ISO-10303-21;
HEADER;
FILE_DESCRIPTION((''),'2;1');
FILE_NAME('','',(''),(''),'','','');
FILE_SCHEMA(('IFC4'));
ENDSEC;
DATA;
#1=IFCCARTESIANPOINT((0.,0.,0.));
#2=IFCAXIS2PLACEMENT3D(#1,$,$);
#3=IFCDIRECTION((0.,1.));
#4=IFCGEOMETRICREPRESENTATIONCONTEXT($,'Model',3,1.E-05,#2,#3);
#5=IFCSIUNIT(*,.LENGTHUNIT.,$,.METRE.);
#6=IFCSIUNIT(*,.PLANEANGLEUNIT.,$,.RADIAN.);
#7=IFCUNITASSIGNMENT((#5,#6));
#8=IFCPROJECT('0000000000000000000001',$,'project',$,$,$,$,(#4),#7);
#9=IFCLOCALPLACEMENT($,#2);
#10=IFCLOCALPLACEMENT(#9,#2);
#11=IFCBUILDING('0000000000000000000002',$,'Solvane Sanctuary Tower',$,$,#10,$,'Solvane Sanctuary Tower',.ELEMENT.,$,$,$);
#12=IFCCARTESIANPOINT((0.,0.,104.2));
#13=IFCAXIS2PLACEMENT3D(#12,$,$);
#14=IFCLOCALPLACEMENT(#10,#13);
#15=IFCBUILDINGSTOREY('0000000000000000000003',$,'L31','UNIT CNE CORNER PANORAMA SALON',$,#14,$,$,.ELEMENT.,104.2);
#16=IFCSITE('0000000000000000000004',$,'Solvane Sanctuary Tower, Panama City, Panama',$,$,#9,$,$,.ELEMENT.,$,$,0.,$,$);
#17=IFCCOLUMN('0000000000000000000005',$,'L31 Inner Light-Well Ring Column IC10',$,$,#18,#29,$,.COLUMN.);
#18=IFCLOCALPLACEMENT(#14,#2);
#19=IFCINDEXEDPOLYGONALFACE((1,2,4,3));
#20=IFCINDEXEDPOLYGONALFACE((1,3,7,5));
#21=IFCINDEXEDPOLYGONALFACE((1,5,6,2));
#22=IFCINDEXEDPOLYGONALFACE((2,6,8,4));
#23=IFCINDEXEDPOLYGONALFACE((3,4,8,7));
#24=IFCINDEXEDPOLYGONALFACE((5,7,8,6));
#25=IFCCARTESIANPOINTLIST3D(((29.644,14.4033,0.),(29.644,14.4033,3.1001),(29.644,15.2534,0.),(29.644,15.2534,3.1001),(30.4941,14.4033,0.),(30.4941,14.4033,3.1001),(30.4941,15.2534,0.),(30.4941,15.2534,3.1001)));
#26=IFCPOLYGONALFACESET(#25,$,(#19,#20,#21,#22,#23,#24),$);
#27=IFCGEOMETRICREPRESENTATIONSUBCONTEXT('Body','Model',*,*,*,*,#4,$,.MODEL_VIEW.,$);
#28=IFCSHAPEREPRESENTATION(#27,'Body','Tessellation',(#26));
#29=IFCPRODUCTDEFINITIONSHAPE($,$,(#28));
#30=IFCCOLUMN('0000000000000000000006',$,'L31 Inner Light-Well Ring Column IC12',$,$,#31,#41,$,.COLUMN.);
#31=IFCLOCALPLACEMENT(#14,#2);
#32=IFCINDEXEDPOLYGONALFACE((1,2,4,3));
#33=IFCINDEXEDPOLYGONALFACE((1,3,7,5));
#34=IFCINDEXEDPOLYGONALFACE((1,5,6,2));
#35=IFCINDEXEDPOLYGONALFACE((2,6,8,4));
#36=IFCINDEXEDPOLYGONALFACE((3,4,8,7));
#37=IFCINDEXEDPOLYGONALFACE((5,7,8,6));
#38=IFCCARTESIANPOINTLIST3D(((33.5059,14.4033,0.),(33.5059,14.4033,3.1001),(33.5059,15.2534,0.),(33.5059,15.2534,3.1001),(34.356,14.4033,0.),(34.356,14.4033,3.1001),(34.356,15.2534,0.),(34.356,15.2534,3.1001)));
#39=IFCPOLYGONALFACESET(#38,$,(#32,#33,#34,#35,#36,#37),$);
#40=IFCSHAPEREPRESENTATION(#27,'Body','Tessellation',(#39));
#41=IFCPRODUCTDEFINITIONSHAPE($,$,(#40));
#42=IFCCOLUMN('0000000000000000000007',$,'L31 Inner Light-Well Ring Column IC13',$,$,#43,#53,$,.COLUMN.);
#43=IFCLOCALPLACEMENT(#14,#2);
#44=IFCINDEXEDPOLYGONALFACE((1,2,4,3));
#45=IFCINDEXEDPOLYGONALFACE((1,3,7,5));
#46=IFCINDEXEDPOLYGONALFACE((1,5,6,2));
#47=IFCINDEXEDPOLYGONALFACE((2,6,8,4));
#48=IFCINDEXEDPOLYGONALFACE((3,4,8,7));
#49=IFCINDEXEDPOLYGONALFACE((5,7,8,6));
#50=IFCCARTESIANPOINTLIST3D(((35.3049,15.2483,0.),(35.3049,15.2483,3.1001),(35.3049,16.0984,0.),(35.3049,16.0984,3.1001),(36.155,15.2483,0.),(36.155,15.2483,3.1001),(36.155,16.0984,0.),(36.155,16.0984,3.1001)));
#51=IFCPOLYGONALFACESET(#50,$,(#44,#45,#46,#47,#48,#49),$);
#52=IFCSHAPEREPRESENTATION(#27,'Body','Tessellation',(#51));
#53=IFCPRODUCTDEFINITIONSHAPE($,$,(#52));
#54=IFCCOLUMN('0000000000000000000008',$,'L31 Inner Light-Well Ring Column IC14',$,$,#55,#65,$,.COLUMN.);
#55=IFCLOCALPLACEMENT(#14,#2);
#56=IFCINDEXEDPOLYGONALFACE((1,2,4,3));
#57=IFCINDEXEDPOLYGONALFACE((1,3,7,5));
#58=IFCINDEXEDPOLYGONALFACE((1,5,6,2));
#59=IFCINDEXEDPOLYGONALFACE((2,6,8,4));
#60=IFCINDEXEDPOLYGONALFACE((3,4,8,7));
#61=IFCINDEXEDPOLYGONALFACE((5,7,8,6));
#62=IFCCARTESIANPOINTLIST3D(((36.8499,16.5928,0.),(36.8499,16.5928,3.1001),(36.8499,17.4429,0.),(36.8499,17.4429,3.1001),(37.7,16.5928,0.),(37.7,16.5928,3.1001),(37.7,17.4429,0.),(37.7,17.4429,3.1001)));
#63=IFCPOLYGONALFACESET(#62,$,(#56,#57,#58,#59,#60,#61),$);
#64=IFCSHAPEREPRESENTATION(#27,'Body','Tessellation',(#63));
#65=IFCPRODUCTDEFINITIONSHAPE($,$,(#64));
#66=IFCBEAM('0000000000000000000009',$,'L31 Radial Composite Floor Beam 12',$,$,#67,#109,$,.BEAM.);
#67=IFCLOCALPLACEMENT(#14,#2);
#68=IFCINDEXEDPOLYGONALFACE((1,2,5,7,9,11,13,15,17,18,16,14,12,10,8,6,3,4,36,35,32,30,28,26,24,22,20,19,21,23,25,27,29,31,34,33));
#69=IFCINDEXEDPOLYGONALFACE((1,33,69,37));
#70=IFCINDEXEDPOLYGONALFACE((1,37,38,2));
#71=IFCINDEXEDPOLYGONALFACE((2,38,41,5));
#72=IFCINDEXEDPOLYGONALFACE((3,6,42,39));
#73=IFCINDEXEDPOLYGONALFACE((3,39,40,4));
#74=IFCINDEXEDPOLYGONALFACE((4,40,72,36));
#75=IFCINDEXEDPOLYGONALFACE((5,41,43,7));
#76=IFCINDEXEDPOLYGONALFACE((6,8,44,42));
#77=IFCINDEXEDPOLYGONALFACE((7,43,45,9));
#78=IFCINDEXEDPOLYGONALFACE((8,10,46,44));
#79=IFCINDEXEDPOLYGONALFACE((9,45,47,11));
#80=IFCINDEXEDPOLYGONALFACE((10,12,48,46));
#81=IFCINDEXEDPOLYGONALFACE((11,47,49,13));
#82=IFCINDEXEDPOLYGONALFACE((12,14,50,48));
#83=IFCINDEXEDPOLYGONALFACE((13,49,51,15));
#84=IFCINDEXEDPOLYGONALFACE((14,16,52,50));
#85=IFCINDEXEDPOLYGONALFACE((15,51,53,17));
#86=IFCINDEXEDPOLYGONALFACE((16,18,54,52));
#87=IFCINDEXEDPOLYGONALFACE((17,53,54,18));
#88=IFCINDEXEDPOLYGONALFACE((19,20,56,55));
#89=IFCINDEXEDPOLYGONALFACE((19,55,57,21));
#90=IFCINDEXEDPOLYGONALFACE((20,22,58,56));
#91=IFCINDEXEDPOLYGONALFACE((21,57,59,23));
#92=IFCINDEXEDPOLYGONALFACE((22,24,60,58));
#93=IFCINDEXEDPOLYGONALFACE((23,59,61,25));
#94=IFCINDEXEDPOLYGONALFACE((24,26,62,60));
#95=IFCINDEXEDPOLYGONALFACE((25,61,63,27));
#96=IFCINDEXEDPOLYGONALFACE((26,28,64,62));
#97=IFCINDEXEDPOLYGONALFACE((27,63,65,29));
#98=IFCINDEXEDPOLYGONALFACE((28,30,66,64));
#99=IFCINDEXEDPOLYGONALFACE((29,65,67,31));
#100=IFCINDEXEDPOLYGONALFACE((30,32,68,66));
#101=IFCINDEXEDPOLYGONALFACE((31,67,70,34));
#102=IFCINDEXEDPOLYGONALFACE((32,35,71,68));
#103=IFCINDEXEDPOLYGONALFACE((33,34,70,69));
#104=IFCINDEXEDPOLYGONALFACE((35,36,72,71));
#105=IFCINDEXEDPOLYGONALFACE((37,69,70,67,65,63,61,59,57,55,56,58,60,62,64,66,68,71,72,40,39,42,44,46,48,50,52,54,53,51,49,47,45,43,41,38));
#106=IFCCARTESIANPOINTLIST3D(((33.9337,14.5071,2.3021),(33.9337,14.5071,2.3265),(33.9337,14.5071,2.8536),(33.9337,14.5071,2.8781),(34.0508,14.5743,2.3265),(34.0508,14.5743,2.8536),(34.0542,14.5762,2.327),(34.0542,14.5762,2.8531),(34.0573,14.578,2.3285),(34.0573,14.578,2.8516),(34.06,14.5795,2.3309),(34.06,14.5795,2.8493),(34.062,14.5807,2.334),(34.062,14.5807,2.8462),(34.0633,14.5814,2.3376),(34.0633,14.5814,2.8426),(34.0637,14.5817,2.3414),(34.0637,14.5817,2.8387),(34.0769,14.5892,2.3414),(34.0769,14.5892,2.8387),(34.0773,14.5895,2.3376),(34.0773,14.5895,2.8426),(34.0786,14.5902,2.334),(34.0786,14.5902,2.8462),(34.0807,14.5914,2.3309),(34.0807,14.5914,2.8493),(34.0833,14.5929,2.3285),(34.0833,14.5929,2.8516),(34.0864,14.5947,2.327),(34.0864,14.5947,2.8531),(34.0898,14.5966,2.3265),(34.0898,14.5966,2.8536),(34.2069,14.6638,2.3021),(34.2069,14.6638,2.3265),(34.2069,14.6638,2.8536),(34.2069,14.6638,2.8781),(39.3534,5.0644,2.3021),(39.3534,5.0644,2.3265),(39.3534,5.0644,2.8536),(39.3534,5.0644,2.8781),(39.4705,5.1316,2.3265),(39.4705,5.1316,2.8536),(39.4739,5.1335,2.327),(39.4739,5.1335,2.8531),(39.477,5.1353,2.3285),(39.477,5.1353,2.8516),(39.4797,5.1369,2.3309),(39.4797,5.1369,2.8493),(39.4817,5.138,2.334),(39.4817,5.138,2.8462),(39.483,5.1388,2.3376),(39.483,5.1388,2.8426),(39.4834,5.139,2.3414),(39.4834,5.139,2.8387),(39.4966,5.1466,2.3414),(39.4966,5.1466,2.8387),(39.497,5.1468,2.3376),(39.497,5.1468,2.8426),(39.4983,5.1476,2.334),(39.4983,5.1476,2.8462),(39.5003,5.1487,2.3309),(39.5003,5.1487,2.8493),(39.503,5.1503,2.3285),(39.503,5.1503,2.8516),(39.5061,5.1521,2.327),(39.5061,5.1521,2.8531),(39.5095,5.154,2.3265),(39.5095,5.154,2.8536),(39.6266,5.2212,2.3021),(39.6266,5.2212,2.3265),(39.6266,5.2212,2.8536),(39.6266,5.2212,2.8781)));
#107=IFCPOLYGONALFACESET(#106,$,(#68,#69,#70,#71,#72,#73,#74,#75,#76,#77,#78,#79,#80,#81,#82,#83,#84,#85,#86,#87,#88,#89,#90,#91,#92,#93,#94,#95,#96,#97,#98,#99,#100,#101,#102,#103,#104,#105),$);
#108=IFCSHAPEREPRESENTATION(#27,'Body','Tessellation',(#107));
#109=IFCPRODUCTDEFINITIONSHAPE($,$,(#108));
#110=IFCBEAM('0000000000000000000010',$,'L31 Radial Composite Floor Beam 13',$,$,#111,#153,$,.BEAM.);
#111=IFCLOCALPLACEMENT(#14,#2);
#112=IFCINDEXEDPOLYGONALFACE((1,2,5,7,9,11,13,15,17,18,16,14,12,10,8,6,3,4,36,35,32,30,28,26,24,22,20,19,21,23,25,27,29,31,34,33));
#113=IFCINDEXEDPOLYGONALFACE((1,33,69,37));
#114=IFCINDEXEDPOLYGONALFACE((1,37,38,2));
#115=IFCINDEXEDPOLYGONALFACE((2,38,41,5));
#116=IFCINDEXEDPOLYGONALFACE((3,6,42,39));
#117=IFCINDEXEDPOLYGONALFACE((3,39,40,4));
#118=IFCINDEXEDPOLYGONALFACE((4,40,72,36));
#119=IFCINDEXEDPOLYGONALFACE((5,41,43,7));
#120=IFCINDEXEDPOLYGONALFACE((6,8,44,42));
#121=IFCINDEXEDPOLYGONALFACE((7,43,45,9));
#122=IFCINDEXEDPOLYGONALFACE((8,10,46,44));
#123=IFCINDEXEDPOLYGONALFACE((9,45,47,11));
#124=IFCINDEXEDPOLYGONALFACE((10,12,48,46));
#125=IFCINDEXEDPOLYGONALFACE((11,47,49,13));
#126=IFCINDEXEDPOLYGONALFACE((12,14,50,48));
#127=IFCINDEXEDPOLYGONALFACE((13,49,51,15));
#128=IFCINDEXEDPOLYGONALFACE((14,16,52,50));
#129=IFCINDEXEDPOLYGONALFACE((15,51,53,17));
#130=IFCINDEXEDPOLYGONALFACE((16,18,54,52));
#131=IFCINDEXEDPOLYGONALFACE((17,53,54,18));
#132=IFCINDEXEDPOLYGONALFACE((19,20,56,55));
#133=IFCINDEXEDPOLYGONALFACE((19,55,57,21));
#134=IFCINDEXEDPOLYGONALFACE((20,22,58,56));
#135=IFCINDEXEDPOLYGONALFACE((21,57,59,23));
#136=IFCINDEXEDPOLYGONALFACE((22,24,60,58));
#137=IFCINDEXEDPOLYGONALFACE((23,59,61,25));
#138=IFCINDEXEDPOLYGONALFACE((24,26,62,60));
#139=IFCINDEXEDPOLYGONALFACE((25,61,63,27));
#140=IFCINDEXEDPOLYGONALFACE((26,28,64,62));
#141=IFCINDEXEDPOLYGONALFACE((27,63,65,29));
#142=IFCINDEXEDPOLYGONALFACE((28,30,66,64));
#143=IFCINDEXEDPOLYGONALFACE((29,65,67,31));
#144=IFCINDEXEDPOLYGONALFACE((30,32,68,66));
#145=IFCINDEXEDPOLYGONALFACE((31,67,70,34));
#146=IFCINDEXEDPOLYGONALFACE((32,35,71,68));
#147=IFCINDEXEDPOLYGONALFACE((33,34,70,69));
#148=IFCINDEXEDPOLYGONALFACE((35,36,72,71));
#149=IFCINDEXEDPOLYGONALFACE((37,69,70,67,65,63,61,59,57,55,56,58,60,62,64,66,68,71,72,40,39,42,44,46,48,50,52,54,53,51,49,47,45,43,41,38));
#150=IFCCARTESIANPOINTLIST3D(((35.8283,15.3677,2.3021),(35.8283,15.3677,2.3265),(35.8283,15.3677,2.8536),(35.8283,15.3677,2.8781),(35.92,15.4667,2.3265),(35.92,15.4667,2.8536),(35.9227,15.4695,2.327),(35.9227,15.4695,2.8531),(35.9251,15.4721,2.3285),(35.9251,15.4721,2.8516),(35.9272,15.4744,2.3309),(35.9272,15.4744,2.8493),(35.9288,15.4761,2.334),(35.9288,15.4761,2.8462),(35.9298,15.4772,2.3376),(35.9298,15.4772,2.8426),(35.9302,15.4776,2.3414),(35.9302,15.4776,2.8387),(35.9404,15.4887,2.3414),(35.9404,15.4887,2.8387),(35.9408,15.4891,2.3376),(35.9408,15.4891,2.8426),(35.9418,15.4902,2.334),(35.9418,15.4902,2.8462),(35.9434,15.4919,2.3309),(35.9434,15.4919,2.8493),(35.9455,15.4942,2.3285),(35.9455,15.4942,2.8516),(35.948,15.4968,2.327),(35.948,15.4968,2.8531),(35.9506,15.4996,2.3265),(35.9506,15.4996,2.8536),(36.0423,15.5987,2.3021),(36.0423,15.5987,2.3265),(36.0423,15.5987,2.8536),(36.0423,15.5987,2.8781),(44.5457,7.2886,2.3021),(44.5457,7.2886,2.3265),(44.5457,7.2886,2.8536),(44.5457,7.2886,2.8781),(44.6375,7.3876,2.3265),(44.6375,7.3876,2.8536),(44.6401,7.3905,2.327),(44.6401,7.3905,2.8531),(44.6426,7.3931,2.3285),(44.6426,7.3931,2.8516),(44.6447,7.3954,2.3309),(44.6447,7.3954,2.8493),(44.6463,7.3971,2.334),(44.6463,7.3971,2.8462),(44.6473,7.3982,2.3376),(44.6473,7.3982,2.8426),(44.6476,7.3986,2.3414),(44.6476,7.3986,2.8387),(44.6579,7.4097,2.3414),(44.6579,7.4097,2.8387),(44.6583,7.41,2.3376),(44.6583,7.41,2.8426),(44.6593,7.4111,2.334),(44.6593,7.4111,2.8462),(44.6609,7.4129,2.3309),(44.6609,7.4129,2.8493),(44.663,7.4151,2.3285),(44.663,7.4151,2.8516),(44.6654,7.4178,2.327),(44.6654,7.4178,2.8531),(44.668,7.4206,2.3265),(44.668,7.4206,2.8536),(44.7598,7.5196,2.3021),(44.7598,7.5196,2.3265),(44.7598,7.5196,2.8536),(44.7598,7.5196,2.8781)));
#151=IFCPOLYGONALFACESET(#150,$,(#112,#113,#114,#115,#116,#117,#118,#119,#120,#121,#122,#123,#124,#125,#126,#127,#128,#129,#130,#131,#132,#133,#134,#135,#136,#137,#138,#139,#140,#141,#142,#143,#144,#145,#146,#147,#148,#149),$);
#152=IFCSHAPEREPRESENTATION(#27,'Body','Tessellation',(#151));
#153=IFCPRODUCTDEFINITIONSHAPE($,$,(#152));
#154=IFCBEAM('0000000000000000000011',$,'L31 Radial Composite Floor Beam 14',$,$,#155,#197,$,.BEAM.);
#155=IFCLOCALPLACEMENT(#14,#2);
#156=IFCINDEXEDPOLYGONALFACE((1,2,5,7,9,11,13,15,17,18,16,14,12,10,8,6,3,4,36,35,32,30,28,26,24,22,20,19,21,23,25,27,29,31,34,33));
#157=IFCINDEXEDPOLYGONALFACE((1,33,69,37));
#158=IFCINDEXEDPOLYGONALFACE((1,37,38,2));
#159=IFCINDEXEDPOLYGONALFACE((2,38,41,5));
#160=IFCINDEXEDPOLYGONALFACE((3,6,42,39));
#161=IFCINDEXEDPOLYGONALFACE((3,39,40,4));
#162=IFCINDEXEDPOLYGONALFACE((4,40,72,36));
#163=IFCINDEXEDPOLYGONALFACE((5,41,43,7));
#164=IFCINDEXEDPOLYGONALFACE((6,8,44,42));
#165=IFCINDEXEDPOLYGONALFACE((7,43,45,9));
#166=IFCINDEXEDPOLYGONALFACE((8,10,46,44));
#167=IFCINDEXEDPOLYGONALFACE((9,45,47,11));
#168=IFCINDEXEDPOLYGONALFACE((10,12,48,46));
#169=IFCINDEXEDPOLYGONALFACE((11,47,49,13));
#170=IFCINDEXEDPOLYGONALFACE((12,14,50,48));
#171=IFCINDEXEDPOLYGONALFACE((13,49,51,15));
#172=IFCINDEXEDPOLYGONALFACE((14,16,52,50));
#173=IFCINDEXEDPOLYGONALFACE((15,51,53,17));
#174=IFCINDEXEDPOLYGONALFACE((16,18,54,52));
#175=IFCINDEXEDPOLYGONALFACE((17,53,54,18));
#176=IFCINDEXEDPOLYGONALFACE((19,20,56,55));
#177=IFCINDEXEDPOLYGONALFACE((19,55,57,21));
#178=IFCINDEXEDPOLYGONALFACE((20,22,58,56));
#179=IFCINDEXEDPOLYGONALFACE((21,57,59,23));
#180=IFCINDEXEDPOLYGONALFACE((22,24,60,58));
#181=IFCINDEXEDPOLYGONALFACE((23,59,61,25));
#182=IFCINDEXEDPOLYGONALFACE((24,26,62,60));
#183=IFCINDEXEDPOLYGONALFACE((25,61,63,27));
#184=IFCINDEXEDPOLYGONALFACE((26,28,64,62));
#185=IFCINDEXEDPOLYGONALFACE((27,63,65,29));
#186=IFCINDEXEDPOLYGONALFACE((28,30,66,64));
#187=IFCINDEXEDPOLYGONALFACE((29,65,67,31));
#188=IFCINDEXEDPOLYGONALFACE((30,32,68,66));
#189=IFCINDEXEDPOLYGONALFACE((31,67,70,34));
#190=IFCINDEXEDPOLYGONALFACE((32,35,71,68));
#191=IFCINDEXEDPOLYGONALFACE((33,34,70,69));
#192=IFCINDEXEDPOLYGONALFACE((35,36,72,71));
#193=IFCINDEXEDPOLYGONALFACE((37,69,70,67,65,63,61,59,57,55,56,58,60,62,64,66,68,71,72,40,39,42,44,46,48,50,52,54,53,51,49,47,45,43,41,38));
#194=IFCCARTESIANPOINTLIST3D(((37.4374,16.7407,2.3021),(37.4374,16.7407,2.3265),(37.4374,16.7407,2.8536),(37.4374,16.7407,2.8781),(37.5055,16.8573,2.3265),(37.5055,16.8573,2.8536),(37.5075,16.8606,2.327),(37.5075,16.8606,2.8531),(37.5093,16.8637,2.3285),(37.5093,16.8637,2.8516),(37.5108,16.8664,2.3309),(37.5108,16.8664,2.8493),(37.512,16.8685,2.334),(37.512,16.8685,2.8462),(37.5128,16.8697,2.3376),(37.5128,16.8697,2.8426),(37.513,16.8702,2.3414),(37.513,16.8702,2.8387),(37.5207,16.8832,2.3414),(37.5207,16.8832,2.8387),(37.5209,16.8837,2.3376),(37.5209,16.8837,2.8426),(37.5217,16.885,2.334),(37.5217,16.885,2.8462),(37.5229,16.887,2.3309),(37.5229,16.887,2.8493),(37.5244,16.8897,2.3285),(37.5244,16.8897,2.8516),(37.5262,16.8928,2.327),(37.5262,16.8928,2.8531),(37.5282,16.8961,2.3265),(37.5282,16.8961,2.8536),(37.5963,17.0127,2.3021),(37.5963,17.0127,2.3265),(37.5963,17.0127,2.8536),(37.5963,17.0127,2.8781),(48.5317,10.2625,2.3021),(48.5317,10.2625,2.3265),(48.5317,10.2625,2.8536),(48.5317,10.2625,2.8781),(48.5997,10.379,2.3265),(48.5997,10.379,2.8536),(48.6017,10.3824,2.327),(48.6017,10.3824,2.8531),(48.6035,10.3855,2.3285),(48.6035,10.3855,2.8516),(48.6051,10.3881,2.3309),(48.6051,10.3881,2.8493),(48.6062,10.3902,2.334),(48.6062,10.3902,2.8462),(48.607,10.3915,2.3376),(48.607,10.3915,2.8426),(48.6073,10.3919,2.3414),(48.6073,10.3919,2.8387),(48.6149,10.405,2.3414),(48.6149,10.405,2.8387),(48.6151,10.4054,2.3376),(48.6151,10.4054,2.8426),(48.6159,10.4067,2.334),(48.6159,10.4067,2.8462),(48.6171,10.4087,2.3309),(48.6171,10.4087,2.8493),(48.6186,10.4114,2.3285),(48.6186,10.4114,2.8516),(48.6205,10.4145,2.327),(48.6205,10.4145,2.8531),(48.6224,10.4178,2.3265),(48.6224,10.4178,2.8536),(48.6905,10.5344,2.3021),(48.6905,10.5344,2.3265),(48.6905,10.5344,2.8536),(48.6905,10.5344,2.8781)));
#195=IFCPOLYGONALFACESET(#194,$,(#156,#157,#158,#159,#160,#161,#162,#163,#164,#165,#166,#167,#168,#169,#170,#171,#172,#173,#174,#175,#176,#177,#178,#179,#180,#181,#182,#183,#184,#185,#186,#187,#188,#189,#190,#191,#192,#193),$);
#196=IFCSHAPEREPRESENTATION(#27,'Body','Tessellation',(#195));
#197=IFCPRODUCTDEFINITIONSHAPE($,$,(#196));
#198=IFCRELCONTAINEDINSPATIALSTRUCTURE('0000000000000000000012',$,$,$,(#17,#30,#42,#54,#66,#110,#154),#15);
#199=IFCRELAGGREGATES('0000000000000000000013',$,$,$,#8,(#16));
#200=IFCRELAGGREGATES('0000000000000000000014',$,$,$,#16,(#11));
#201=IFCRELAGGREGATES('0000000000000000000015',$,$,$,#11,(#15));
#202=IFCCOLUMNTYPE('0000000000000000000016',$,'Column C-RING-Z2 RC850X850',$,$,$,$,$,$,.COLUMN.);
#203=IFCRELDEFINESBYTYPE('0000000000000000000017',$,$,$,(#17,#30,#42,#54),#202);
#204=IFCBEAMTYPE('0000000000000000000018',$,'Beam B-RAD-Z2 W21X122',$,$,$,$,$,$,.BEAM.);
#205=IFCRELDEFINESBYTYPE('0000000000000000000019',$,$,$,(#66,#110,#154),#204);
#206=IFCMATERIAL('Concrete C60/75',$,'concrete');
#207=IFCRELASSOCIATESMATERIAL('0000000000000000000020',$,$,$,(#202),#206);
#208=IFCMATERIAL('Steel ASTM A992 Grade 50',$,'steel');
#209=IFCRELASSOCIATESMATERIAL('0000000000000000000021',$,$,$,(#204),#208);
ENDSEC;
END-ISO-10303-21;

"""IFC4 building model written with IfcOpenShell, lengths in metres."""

from ifc_helpers import new_model, si_unit, direction, frame, origin, origin_2d, place, context, subcontext, project, spatial, rectangle, i_section, extrude, material, material_profile, profile_set, type_object, element, save


model = new_model("IFC4")

# Units and contexts
model_context = context("Model", 3, precision=1e-05, world=origin(), true_north=direction((0.0, 1.0)))
body_context = subcontext(model_context, "Body", "Model", "MODEL_VIEW")
ifc_project = project(units=[si_unit("LENGTHUNIT", "METRE"), si_unit("PLANEANGLEUNIT", "RADIAN")], contexts=[model_context])

# Site, building, storey
site_placement = place(None, origin())
site = spatial("IfcSite", under=ifc_project, at=site_placement, Name="Solvane Sanctuary Tower, Panama City, Panama", CompositionType="ELEMENT", RefElevation=0.0)
building_placement = place(site_placement, origin())
building = spatial("IfcBuilding", under=site, at=building_placement, Name="Solvane Sanctuary Tower", LongName="Solvane Sanctuary Tower", CompositionType="ELEMENT")
storey_placement = place(building_placement, frame((0.0, 0.0, 104.2)))
storey = spatial("IfcBuildingStorey", under=building, at=storey_placement, Name="L31", Description="UNIT CNE CORNER PANORAMA SALON", CompositionType="ELEMENT", Elevation=104.2)

# Columns
ifc_material_1 = material(Name="Concrete C60/75", Category="concrete")
ifc_material_profile_1 = material_profile(ifc_material_1, rectangle(XDim=0.8501, YDim=0.8501, at=origin_2d()), Name="RC850X850")
ifc_profile_set_1 = profile_set([ifc_material_profile_1], Name="Concrete C60/75")
column_type = type_object("IfcColumnType", Name="Column C-RING-Z2 RC850X850", PredefinedType="COLUMN", material=ifc_profile_set_1)
for number, where, z_axis, x_axis, name in (
    (1, (30.0691, 14.8284, 0.0), (0.0, 0.0, 1.0), (1.0, 0.0, 0.0), "L31 Inner Light-Well Ring Column IC10"),
    (2, (33.9309, 14.8284, 0.0), (0.0, 0.0, 1.0), (1.0, 0.0, 0.0), "L31 Inner Light-Well Ring Column IC12"),
    (3, (35.73, 15.6733, 0.0), (0.0, 0.0, 1.0), (1.0, 0.0, 0.0), "L31 Inner Light-Well Ring Column IC13"),
    (4, (37.2749, 17.0178, 0.0), (0.0, 0.0, 1.0), (1.0, 0.0, 0.0), "L31 Inner Light-Well Ring Column IC14"),
):
    element("IfcColumn", number, at=place(storey_placement, frame(where, z_axis=z_axis, x_axis=x_axis)), inside=storey, type_object=column_type, Name=name, PredefinedType="COLUMN", context=body_context, shape_type="SweptSolid", body=[
        extrude(rectangle(XDim=0.8501, YDim=0.8501, at=origin_2d()), origin(), (0.0, 0.0, 1.0), 3.1001),
    ])

# Beams
ifc_material_2 = material(Name="Steel ASTM A992 Grade 50", Category="steel")
ifc_material_profile_2 = material_profile(ifc_material_2, i_section(OverallWidth=0.3149, OverallDepth=0.5759, WebThickness=0.0151, FlangeThickness=0.0244, FilletRadius=0.0149, at=origin_2d()), Name="W21X122")
ifc_profile_set_2 = profile_set([ifc_material_profile_2], Name="Steel ASTM A992 Grade 50")
beam_type_1 = type_object("IfcBeamType", Name="Beam B-RAD-Z2 W21X122", PredefinedType="BEAM", material=ifc_profile_set_2)
beam_1_placement = place(storey_placement, frame((34.0703, 14.5854, 2.5901), z_axis=(0.497792, -0.867296, 0.0), x_axis=(0.867296, 0.497792, 0.0)))
element("IfcBeam", 5, at=beam_1_placement, inside=storey, type_object=beam_type_1, Name="L31 Radial Composite Floor Beam 12", PredefinedType="BEAM", context=body_context, shape_type="SweptSolid", body=[
    extrude(i_section(OverallWidth=0.3149, OverallDepth=0.5759, WebThickness=0.0151, FlangeThickness=0.0244, FilletRadius=0.0149, at=origin_2d()), origin(), (0.0, 0.0, 1.0), 10.8875),
])
beam_2_placement = place(storey_placement, frame((35.9353, 15.4832, 2.5901), z_axis=(0.733454, -0.679739, 0.0), x_axis=(0.679739, 0.733454, 0.0)))
element("IfcBeam", 6, at=beam_2_placement, inside=storey, type_object=beam_type_1, Name="L31 Radial Composite Floor Beam 13", PredefinedType="BEAM", context=body_context, shape_type="SweptSolid", body=[
    extrude(i_section(OverallWidth=0.3149, OverallDepth=0.5759, WebThickness=0.0151, FlangeThickness=0.0244, FilletRadius=0.0149, at=origin_2d()), origin(), (0.0, 0.0, 1.0), 11.8855),
])
beam_3_placement = place(storey_placement, frame((37.5168, 16.8767, 2.5901), z_axis=(0.863554, -0.504256, 0.0), x_axis=(0.504256, 0.863554, 0.0)))
element("IfcBeam", 7, at=beam_3_placement, inside=storey, type_object=beam_type_1, Name="L31 Radial Composite Floor Beam 14", PredefinedType="BEAM", context=body_context, shape_type="SweptSolid", body=[
    extrude(i_section(OverallWidth=0.3149, OverallDepth=0.5759, WebThickness=0.0151, FlangeThickness=0.0244, FilletRadius=0.0149, at=origin_2d()), origin(), (0.0, 0.0, 1.0), 12.8472),
])

save(model, "model.ifc")
